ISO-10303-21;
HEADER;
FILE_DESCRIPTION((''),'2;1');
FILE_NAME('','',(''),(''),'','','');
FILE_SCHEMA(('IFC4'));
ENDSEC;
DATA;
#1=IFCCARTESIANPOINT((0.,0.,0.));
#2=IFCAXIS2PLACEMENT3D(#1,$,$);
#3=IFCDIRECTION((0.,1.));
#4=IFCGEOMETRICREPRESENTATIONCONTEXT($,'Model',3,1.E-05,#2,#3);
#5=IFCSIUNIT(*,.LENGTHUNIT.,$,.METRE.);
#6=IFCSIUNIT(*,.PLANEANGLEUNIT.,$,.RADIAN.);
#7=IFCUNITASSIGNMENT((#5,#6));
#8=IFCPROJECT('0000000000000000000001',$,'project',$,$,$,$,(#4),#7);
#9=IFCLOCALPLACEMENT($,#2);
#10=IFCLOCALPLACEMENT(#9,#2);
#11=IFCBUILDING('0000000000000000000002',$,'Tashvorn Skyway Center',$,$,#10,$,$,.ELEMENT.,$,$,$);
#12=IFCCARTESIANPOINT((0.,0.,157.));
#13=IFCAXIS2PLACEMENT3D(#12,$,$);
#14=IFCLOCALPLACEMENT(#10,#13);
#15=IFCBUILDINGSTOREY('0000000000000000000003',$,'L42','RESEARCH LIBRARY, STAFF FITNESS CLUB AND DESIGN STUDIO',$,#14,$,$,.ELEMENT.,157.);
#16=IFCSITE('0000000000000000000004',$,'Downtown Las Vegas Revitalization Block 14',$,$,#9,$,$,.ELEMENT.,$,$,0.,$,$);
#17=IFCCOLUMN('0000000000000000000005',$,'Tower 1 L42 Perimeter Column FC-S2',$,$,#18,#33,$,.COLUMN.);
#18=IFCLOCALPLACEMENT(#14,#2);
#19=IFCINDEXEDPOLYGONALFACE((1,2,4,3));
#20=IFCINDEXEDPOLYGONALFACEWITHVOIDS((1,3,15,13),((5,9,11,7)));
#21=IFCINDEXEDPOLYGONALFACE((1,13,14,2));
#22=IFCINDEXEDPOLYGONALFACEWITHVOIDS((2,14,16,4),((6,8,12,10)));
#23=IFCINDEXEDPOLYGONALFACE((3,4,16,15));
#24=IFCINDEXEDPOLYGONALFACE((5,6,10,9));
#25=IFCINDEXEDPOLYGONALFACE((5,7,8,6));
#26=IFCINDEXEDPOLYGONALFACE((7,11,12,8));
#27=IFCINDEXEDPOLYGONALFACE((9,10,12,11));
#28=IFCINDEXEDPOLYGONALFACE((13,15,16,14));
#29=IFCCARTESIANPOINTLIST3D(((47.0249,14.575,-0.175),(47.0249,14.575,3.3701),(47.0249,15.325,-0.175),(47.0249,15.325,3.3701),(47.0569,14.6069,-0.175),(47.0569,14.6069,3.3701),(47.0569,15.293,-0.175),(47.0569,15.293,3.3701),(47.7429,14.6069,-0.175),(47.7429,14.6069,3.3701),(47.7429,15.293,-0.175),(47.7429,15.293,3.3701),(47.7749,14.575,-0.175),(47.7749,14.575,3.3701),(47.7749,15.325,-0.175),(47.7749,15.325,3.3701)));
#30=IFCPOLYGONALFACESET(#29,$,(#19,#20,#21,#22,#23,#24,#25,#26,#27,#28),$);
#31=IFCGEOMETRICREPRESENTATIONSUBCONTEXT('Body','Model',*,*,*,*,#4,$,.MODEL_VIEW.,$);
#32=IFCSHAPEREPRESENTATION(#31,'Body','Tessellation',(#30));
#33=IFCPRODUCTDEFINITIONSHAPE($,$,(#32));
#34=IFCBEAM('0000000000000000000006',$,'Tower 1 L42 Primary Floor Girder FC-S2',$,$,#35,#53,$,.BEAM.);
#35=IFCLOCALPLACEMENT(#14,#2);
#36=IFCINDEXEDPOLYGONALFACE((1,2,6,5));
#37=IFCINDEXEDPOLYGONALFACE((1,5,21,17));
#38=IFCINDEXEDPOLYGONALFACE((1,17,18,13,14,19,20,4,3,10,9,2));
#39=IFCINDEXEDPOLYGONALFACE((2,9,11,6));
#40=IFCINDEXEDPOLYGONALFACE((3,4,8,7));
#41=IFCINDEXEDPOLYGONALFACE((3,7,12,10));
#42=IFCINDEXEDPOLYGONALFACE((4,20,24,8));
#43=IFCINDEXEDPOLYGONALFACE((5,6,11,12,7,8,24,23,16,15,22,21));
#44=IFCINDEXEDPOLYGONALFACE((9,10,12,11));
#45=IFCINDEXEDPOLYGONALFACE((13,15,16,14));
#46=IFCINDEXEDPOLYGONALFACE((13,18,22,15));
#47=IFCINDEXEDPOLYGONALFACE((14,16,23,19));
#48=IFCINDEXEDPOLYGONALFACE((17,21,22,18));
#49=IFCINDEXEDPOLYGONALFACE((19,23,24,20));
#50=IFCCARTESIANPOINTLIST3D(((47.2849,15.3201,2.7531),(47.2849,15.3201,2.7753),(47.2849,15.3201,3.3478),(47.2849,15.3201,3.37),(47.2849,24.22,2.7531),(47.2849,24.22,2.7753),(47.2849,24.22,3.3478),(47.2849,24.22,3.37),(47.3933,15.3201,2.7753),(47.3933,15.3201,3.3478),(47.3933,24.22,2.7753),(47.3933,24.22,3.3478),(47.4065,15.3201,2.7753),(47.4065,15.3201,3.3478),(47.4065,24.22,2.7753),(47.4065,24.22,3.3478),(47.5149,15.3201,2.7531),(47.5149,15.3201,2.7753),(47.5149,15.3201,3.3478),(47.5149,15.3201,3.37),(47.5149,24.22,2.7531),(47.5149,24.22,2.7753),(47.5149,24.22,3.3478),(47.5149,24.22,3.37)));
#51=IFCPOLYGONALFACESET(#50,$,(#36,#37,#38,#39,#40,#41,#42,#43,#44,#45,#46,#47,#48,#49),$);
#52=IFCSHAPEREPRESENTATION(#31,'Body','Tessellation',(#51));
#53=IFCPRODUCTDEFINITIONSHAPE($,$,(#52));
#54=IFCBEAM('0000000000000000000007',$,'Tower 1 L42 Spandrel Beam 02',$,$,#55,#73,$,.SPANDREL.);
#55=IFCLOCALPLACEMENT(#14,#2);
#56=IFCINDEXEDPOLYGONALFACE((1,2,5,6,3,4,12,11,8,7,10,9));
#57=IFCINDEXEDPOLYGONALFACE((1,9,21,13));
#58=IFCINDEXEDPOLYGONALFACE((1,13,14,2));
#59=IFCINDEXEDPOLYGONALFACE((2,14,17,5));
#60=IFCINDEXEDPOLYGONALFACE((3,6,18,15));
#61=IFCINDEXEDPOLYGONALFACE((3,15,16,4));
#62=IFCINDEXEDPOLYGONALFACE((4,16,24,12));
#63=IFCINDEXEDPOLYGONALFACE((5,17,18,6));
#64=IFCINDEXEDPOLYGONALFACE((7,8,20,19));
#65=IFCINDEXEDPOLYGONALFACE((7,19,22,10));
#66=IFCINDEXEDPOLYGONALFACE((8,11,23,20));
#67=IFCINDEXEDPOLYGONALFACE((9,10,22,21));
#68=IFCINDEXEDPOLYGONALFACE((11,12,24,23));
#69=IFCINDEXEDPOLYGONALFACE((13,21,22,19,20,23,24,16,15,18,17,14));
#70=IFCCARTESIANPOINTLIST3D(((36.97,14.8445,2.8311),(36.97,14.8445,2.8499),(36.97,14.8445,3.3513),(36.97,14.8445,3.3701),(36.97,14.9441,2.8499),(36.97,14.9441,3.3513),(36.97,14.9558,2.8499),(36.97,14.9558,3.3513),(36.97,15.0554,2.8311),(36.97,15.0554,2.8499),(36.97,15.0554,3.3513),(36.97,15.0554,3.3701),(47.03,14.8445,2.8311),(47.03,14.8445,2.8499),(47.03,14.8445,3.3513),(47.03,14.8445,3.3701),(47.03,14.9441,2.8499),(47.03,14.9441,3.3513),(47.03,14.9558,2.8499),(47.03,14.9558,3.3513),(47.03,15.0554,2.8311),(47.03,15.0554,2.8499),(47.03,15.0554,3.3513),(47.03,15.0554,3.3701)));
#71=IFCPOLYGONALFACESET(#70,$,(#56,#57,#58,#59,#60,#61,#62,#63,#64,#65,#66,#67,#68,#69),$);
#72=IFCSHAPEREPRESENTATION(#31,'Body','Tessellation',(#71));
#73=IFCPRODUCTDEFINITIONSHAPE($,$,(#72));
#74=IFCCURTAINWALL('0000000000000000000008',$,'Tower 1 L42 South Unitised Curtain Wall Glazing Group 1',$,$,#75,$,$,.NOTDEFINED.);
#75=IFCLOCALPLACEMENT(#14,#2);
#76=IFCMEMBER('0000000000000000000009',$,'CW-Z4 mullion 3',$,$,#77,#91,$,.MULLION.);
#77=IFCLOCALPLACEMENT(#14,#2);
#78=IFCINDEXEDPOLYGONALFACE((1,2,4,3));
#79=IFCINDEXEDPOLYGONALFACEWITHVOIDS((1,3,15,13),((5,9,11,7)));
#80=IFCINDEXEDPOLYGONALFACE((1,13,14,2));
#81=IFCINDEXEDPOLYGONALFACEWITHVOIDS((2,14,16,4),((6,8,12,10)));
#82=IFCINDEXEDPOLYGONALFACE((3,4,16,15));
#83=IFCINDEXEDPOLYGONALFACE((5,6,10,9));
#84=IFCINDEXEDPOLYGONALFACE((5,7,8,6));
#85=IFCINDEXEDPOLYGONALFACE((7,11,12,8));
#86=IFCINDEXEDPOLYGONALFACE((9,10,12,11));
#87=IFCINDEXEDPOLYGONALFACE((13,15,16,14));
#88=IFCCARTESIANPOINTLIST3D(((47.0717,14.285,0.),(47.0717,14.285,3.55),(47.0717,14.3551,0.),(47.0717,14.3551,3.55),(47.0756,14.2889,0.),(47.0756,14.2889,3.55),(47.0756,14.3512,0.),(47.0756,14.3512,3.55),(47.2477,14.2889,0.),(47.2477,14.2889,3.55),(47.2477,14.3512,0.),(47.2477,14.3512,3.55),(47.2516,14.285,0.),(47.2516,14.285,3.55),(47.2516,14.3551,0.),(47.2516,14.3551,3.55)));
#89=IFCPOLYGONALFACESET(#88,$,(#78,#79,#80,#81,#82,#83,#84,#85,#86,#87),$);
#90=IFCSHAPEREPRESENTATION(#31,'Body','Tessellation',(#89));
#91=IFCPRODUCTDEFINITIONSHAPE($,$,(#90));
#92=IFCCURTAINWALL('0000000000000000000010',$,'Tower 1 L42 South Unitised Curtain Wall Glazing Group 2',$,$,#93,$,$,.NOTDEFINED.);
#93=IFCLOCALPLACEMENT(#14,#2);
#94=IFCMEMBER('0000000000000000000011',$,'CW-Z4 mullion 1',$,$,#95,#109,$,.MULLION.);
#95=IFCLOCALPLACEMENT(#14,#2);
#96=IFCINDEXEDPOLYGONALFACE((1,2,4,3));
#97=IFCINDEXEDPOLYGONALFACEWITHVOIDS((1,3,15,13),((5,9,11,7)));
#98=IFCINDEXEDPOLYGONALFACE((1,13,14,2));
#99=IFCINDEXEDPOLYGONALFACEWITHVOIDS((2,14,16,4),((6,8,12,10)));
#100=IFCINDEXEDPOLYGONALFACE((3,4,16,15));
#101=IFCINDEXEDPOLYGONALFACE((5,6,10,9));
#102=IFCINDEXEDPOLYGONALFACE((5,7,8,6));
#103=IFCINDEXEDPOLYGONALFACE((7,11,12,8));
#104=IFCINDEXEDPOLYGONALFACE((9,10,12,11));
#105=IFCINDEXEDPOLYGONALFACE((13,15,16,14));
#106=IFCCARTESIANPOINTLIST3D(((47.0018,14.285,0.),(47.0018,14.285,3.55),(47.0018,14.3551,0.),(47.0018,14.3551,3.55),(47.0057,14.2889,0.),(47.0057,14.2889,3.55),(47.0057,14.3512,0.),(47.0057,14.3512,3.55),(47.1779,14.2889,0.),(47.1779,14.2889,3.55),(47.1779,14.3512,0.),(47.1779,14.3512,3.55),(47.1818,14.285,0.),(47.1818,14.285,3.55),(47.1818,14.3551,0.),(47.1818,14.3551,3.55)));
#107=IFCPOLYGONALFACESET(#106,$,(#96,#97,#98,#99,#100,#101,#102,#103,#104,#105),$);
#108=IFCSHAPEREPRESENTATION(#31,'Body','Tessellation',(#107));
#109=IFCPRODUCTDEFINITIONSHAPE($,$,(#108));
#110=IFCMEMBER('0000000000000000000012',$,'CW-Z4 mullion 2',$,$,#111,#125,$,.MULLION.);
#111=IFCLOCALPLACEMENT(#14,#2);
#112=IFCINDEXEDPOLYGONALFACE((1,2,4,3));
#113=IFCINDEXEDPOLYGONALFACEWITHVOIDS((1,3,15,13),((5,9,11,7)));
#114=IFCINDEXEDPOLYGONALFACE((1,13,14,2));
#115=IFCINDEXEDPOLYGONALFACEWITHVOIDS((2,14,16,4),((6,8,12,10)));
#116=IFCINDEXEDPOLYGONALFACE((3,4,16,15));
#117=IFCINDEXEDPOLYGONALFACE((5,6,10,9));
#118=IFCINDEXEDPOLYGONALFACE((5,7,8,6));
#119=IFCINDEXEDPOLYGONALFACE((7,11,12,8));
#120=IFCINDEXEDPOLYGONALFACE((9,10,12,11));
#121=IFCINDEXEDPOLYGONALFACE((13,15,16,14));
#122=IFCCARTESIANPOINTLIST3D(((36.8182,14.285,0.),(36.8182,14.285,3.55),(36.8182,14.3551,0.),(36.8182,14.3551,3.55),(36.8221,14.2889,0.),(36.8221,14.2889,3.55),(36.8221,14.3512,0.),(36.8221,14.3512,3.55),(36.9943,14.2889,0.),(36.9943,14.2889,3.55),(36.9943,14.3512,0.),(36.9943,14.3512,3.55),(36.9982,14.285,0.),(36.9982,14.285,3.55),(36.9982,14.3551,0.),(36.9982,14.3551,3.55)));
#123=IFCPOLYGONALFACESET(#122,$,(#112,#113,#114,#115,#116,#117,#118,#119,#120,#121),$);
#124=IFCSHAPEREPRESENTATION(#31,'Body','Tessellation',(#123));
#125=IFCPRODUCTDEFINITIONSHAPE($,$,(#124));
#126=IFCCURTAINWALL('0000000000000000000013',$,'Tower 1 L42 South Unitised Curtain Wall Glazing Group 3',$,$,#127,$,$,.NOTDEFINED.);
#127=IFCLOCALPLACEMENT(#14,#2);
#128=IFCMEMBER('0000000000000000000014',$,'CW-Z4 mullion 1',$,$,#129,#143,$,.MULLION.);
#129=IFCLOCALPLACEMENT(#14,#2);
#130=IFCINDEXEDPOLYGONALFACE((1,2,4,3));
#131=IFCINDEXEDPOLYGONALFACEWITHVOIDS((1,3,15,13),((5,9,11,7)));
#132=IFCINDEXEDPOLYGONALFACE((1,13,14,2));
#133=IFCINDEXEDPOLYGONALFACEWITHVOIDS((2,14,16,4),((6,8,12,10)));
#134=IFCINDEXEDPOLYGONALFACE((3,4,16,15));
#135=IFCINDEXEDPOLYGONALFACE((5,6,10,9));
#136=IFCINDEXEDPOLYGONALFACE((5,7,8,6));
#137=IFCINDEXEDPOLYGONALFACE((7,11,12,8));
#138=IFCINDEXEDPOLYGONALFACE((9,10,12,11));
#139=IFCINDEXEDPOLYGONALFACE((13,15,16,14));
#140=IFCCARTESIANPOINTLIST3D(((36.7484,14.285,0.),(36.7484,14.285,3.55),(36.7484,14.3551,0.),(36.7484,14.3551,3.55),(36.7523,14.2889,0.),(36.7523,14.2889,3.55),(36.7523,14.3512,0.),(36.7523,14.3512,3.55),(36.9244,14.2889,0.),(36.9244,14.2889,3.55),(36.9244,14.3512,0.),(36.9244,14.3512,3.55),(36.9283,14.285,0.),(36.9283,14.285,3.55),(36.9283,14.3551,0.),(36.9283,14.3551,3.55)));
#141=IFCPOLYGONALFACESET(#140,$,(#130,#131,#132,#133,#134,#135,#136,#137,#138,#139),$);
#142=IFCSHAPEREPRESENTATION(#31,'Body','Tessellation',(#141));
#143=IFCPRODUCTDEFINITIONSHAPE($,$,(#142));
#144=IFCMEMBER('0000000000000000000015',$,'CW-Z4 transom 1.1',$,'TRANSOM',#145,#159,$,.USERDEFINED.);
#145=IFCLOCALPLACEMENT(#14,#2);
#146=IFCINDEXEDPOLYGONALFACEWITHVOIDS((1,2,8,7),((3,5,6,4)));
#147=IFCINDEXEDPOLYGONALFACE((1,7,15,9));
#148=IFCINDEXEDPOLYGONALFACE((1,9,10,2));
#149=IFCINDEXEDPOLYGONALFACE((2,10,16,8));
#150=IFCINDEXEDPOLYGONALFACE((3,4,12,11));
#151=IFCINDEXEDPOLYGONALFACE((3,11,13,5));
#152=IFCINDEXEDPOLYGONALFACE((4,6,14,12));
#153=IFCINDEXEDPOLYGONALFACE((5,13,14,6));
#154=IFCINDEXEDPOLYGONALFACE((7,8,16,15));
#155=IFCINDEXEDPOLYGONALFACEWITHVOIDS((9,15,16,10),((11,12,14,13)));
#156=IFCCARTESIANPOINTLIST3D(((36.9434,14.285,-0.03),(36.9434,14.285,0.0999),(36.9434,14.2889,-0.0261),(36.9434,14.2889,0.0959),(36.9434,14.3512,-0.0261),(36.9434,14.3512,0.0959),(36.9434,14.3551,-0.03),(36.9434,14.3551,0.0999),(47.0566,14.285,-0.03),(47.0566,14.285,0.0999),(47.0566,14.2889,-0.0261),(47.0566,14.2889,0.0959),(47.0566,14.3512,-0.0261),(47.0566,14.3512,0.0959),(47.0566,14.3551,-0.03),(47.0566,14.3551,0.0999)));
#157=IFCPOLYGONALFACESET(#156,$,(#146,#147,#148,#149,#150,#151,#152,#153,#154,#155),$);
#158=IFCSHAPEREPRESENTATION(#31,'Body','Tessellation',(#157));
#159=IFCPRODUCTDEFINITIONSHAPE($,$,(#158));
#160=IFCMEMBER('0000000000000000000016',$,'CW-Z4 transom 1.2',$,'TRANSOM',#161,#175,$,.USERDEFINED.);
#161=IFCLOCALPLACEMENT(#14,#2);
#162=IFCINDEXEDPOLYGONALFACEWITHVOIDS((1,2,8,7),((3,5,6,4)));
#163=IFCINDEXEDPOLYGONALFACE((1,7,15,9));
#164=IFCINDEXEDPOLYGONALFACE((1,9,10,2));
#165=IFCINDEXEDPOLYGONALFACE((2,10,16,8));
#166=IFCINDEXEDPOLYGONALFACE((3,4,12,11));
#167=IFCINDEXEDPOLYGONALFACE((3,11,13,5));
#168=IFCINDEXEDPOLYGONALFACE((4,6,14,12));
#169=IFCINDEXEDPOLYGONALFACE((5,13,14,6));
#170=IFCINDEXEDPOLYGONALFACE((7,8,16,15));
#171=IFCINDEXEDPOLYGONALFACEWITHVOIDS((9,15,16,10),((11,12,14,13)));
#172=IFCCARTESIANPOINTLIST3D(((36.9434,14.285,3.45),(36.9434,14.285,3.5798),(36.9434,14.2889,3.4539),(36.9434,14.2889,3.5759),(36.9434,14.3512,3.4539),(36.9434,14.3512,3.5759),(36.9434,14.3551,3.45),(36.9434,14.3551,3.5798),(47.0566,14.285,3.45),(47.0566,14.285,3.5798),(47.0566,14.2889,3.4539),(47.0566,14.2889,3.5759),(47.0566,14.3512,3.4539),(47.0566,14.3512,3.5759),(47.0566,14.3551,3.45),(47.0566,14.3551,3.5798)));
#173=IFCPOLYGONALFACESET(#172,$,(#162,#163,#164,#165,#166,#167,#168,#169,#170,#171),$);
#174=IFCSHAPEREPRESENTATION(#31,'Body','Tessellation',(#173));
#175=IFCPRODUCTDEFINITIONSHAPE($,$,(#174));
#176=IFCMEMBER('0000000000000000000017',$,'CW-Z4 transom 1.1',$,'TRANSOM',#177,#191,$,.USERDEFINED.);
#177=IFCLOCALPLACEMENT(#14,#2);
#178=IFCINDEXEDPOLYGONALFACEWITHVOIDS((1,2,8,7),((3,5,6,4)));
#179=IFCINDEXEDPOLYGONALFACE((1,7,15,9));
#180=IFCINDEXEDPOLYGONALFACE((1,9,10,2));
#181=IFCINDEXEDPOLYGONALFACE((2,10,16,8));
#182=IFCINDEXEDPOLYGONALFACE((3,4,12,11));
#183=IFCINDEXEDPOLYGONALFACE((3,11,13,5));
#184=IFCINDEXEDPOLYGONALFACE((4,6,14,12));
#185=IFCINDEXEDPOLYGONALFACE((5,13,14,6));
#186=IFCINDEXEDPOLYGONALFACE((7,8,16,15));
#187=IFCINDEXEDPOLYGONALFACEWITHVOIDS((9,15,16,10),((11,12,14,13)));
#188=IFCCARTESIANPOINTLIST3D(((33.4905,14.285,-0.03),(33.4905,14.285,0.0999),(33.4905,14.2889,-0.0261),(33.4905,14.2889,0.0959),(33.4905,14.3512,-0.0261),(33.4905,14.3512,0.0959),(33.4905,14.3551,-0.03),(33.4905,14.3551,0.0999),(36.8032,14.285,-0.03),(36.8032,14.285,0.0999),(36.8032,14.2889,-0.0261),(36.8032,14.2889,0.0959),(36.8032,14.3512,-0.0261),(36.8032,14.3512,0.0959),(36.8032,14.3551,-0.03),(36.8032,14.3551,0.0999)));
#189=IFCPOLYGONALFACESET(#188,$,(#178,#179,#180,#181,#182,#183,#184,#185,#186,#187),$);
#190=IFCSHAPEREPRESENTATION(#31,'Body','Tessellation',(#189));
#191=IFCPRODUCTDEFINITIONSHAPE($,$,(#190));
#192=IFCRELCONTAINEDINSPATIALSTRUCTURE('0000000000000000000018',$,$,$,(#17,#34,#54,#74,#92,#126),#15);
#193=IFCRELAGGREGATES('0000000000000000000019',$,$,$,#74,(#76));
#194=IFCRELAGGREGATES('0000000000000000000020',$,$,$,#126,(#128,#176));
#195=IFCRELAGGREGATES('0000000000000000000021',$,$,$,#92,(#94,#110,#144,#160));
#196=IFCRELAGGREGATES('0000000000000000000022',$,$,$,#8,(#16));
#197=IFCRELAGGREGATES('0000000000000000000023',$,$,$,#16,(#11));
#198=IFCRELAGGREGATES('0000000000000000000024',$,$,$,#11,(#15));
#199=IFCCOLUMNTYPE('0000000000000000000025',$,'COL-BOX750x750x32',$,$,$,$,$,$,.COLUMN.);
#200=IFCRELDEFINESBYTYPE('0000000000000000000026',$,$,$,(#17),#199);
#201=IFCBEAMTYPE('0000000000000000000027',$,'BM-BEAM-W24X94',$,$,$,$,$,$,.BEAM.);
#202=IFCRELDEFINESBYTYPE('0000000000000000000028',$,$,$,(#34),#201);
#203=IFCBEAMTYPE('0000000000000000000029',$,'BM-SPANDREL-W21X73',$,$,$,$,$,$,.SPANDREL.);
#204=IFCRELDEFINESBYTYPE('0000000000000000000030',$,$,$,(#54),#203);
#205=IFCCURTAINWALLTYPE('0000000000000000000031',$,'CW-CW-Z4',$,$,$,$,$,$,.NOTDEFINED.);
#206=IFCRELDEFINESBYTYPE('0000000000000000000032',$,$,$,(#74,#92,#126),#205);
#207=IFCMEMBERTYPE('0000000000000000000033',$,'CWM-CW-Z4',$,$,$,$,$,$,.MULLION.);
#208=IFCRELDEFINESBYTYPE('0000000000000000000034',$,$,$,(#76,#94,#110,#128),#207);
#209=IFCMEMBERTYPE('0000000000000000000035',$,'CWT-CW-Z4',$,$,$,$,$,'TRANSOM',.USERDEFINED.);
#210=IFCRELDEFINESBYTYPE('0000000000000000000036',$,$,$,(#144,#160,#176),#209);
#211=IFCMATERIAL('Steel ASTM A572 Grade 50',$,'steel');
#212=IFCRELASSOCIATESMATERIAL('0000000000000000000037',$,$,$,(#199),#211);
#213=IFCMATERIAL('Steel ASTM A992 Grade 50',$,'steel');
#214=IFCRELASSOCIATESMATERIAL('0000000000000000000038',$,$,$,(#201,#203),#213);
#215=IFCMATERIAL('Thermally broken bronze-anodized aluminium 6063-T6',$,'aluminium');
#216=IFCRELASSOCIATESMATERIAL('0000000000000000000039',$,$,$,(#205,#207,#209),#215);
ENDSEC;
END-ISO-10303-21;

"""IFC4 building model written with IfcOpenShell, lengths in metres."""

from ifc_helpers import new_model, si_unit, direction, frame, origin, origin_2d, place, context, subcontext, project, spatial, hollow_rectangle, i_section, extrude, material, material_profile, profile_set, type_object, element, aggregate, save


model = new_model("IFC4")

# Units and contexts
model_context = context("Model", 3, precision=1e-05, world=origin(), true_north=direction((0.0, 1.0)))
body_context = subcontext(model_context, "Body", "Model", "MODEL_VIEW")
ifc_project = project(units=[si_unit("LENGTHUNIT", "METRE"), si_unit("PLANEANGLEUNIT", "RADIAN")], contexts=[model_context])

# Site, building, storey
site_placement = place(None, origin())
site = spatial("IfcSite", under=ifc_project, at=site_placement, Name="Downtown Las Vegas Revitalization Block 14", CompositionType="ELEMENT", RefElevation=0.0)
building_placement = place(site_placement, origin())
building = spatial("IfcBuilding", under=site, at=building_placement, Name="Tashvorn Skyway Center", CompositionType="ELEMENT")
storey_placement = place(building_placement, frame((0.0, 0.0, 157.0)))
storey = spatial("IfcBuildingStorey", under=building, at=storey_placement, Name="L42", Description="RESEARCH LIBRARY, STAFF FITNESS CLUB AND DESIGN STUDIO", CompositionType="ELEMENT", Elevation=157.0)

# Column
ifc_material_1 = material(Name="Steel ASTM A572 Grade 50", Category="steel")
ifc_material_profile_1 = material_profile(ifc_material_1, hollow_rectangle(XDim=0.75, YDim=0.75, WallThickness=0.032, at=origin_2d()), Name="BOX750x750x32")
ifc_profile_set_1 = profile_set([ifc_material_profile_1], Name="Steel ASTM A572 Grade 50")
column_type = type_object("IfcColumnType", Name="COL-BOX750x750x32", PredefinedType="COLUMN", material=ifc_profile_set_1)
column_placement = place(storey_placement, frame((47.3999, 14.95, -0.175), z_axis=(0.0, 0.0, 1.0), x_axis=(1.0, 0.0, 0.0)))
element("IfcColumn", 1, at=column_placement, inside=storey, type_object=column_type, Name="Tower 1 L42 Perimeter Column FC-S2", PredefinedType="COLUMN", context=body_context, shape_type="SweptSolid", body=[
    extrude(hollow_rectangle(XDim=0.75, YDim=0.75, WallThickness=0.032, at=origin_2d()), origin(), (0.0, 0.0, 1.0), 3.5452),
])

# Beams
ifc_material_2 = material(Name="Steel ASTM A992 Grade 50", Category="steel")
ifc_material_profile_2 = material_profile(ifc_material_2, i_section(OverallWidth=0.23, OverallDepth=0.6169, WebThickness=0.0132, FlangeThickness=0.0222, at=origin_2d()), Name="W24X94")
ifc_profile_set_2 = profile_set([ifc_material_profile_2], Name="Steel ASTM A992 Grade 50")
beam_type_1 = type_object("IfcBeamType", Name="BM-BEAM-W24X94", PredefinedType="BEAM", material=ifc_profile_set_2)
beam_1_placement = place(storey_placement, frame((47.3999, 15.3201, 3.0615), z_axis=(0.0, 1.0, 0.0), x_axis=(-1.0, 0.0, 0.0)))
element("IfcBeam", 2, at=beam_1_placement, inside=storey, type_object=beam_type_1, Name="Tower 1 L42 Primary Floor Girder FC-S2", PredefinedType="BEAM", context=body_context, shape_type="SweptSolid", body=[
    extrude(i_section(OverallWidth=0.23, OverallDepth=0.6169, WebThickness=0.0132, FlangeThickness=0.0222, at=origin_2d()), origin(), (0.0, 0.0, 1.0), 8.8999),
])
ifc_material_profile_3 = material_profile(ifc_material_2, i_section(OverallWidth=0.2109, OverallDepth=0.5391, WebThickness=0.0117, FlangeThickness=0.0188, at=origin_2d()), Name="W21X73")
ifc_profile_set_3 = profile_set([ifc_material_profile_3], Name="Steel ASTM A992 Grade 50")
beam_type_2 = type_object("IfcBeamType", Name="BM-SPANDREL-W21X73", PredefinedType="SPANDREL", material=ifc_profile_set_3)
beam_2_placement = place(storey_placement, frame((36.97, 14.95, 3.1006), z_axis=(1.0, 0.0, 0.0), x_axis=(0.0, 1.0, 0.0)))
element("IfcBeam", 3, at=beam_2_placement, inside=storey, type_object=beam_type_2, Name="Tower 1 L42 Spandrel Beam 02", PredefinedType="SPANDREL", context=body_context, shape_type="SweptSolid", body=[
    extrude(i_section(OverallWidth=0.2109, OverallDepth=0.5391, WebThickness=0.0117, FlangeThickness=0.0188, at=origin_2d()), origin(), (0.0, 0.0, 1.0), 10.0601),
])

# Curtain wall, member
ifc_material_3 = material(Name="Thermally broken bronze-anodized aluminium 6063-T6", Category="aluminium")
curtain_wall_type = type_object("IfcCurtainWallType", Name="CW-CW-Z4", PredefinedType="NOTDEFINED", material=ifc_material_3)
curtain_wall_1_placement = place(storey_placement, origin())
curtain_wall_1 = element("IfcCurtainWall", 4, at=curtain_wall_1_placement, inside=storey, type_object=curtain_wall_type, Name="Tower 1 L42 South Unitised Curtain Wall Glazing Group 1", PredefinedType="NOTDEFINED")
ifc_material_profile_4 = material_profile(ifc_material_3, hollow_rectangle(XDim=0.0701, YDim=0.1799, WallThickness=0.0039, at=origin_2d()), Name="ALU-MULL-70x180")
ifc_profile_set_4 = profile_set([ifc_material_profile_4], Name="Thermally broken bronze-anodized aluminium 6063-T6")
member_type_1 = type_object("IfcMemberType", Name="CWM-CW-Z4", PredefinedType="MULLION", material=ifc_profile_set_4)
member_1_placement = place(storey_placement, frame((47.1616, 14.3201, 0.0), z_axis=(0.0, 0.0, 1.0), x_axis=(0.0, -1.0, 0.0)))
member_1 = element("IfcMember", 5, at=member_1_placement, type_object=member_type_1, Name="CW-Z4 mullion 3", PredefinedType="MULLION", context=body_context, shape_type="SweptSolid", body=[
    extrude(hollow_rectangle(XDim=0.0701, YDim=0.1799, WallThickness=0.0039, at=origin_2d()), origin(), (0.0, 0.0, 1.0), 3.55),
])
aggregate(curtain_wall_1, [member_1])

# Curtain wall, members
curtain_wall_2_placement = place(storey_placement, origin())
curtain_wall_2 = element("IfcCurtainWall", 6, at=curtain_wall_2_placement, inside=storey, type_object=curtain_wall_type, Name="Tower 1 L42 South Unitised Curtain Wall Glazing Group 2", PredefinedType="NOTDEFINED")
member_2_placement = place(storey_placement, frame((47.0918, 14.3201, 0.0), z_axis=(0.0, 0.0, 1.0), x_axis=(0.0, -1.0, 0.0)))
member_2 = element("IfcMember", 7, at=member_2_placement, type_object=member_type_1, Name="CW-Z4 mullion 1", PredefinedType="MULLION", context=body_context, shape_type="SweptSolid", body=[
    extrude(hollow_rectangle(XDim=0.0701, YDim=0.1799, WallThickness=0.0039, at=origin_2d()), origin(), (0.0, 0.0, 1.0), 3.55),
])
member_3_placement = place(storey_placement, frame((36.9082, 14.3201, 0.0), z_axis=(0.0, 0.0, 1.0), x_axis=(0.0, -1.0, 0.0)))
member_3 = element("IfcMember", 8, at=member_3_placement, type_object=member_type_1, Name="CW-Z4 mullion 2", PredefinedType="MULLION", context=body_context, shape_type="SweptSolid", body=[
    extrude(hollow_rectangle(XDim=0.0701, YDim=0.1799, WallThickness=0.0039, at=origin_2d()), origin(), (0.0, 0.0, 1.0), 3.55),
])

# Curtain wall, member
curtain_wall_3_placement = place(storey_placement, origin())
curtain_wall_3 = element("IfcCurtainWall", 9, at=curtain_wall_3_placement, inside=storey, type_object=curtain_wall_type, Name="Tower 1 L42 South Unitised Curtain Wall Glazing Group 3", PredefinedType="NOTDEFINED")
member_4_placement = place(storey_placement, frame((36.8384, 14.3201, 0.0), z_axis=(0.0, 0.0, 1.0), x_axis=(0.0, -1.0, 0.0)))
member_4 = element("IfcMember", 10, at=member_4_placement, type_object=member_type_1, Name="CW-Z4 mullion 1", PredefinedType="MULLION", context=body_context, shape_type="SweptSolid", body=[
    extrude(hollow_rectangle(XDim=0.0701, YDim=0.1799, WallThickness=0.0039, at=origin_2d()), origin(), (0.0, 0.0, 1.0), 3.55),
])

# Members
ifc_material_profile_5 = material_profile(ifc_material_3, hollow_rectangle(XDim=0.0701, YDim=0.1299, WallThickness=0.0039, at=origin_2d()), Name="ALU-TRAN-70x130")
ifc_profile_set_5 = profile_set([ifc_material_profile_5], Name="Thermally broken bronze-anodized aluminium 6063-T6")
member_type_2 = type_object("IfcMemberType", Name="CWT-CW-Z4", ElementType="TRANSOM", PredefinedType="USERDEFINED", material=ifc_profile_set_5)
member_5_placement = place(storey_placement, frame((47.0566, 14.3201, 0.0349), z_axis=(-1.0, 0.0, 0.0), x_axis=(0.0, -1.0, 0.0)))
member_5 = element("IfcMember", 11, at=member_5_placement, type_object=member_type_2, Name="CW-Z4 transom 1.1", ObjectType="TRANSOM", PredefinedType="USERDEFINED", context=body_context, shape_type="SweptSolid", body=[
    extrude(hollow_rectangle(XDim=0.0701, YDim=0.1299, WallThickness=0.0039, at=origin_2d()), origin(), (0.0, 0.0, 1.0), 10.1133),
])
member_6_placement = place(storey_placement, frame((47.0566, 14.3201, 3.5149), z_axis=(-1.0, 0.0, 0.0), x_axis=(0.0, -1.0, 0.0)))
member_6 = element("IfcMember", 12, at=member_6_placement, type_object=member_type_2, Name="CW-Z4 transom 1.2", ObjectType="TRANSOM", PredefinedType="USERDEFINED", context=body_context, shape_type="SweptSolid", body=[
    extrude(hollow_rectangle(XDim=0.0701, YDim=0.1299, WallThickness=0.0039, at=origin_2d()), origin(), (0.0, 0.0, 1.0), 10.1133),
])
member_7_placement = place(storey_placement, frame((36.8032, 14.3201, 0.0349), z_axis=(-1.0, 0.0, 0.0), x_axis=(0.0, -1.0, 0.0)))
member_7 = element("IfcMember", 13, at=member_7_placement, type_object=member_type_2, Name="CW-Z4 transom 1.1", ObjectType="TRANSOM", PredefinedType="USERDEFINED", context=body_context, shape_type="SweptSolid", body=[
    extrude(hollow_rectangle(XDim=0.0701, YDim=0.1299, WallThickness=0.0039, at=origin_2d()), origin(), (0.0, 0.0, 1.0), 3.3127),
])
aggregate(curtain_wall_3, [member_4, member_7])

aggregate(curtain_wall_2, [member_2, member_3, member_5, member_6])

save(model, "model.ifc")
